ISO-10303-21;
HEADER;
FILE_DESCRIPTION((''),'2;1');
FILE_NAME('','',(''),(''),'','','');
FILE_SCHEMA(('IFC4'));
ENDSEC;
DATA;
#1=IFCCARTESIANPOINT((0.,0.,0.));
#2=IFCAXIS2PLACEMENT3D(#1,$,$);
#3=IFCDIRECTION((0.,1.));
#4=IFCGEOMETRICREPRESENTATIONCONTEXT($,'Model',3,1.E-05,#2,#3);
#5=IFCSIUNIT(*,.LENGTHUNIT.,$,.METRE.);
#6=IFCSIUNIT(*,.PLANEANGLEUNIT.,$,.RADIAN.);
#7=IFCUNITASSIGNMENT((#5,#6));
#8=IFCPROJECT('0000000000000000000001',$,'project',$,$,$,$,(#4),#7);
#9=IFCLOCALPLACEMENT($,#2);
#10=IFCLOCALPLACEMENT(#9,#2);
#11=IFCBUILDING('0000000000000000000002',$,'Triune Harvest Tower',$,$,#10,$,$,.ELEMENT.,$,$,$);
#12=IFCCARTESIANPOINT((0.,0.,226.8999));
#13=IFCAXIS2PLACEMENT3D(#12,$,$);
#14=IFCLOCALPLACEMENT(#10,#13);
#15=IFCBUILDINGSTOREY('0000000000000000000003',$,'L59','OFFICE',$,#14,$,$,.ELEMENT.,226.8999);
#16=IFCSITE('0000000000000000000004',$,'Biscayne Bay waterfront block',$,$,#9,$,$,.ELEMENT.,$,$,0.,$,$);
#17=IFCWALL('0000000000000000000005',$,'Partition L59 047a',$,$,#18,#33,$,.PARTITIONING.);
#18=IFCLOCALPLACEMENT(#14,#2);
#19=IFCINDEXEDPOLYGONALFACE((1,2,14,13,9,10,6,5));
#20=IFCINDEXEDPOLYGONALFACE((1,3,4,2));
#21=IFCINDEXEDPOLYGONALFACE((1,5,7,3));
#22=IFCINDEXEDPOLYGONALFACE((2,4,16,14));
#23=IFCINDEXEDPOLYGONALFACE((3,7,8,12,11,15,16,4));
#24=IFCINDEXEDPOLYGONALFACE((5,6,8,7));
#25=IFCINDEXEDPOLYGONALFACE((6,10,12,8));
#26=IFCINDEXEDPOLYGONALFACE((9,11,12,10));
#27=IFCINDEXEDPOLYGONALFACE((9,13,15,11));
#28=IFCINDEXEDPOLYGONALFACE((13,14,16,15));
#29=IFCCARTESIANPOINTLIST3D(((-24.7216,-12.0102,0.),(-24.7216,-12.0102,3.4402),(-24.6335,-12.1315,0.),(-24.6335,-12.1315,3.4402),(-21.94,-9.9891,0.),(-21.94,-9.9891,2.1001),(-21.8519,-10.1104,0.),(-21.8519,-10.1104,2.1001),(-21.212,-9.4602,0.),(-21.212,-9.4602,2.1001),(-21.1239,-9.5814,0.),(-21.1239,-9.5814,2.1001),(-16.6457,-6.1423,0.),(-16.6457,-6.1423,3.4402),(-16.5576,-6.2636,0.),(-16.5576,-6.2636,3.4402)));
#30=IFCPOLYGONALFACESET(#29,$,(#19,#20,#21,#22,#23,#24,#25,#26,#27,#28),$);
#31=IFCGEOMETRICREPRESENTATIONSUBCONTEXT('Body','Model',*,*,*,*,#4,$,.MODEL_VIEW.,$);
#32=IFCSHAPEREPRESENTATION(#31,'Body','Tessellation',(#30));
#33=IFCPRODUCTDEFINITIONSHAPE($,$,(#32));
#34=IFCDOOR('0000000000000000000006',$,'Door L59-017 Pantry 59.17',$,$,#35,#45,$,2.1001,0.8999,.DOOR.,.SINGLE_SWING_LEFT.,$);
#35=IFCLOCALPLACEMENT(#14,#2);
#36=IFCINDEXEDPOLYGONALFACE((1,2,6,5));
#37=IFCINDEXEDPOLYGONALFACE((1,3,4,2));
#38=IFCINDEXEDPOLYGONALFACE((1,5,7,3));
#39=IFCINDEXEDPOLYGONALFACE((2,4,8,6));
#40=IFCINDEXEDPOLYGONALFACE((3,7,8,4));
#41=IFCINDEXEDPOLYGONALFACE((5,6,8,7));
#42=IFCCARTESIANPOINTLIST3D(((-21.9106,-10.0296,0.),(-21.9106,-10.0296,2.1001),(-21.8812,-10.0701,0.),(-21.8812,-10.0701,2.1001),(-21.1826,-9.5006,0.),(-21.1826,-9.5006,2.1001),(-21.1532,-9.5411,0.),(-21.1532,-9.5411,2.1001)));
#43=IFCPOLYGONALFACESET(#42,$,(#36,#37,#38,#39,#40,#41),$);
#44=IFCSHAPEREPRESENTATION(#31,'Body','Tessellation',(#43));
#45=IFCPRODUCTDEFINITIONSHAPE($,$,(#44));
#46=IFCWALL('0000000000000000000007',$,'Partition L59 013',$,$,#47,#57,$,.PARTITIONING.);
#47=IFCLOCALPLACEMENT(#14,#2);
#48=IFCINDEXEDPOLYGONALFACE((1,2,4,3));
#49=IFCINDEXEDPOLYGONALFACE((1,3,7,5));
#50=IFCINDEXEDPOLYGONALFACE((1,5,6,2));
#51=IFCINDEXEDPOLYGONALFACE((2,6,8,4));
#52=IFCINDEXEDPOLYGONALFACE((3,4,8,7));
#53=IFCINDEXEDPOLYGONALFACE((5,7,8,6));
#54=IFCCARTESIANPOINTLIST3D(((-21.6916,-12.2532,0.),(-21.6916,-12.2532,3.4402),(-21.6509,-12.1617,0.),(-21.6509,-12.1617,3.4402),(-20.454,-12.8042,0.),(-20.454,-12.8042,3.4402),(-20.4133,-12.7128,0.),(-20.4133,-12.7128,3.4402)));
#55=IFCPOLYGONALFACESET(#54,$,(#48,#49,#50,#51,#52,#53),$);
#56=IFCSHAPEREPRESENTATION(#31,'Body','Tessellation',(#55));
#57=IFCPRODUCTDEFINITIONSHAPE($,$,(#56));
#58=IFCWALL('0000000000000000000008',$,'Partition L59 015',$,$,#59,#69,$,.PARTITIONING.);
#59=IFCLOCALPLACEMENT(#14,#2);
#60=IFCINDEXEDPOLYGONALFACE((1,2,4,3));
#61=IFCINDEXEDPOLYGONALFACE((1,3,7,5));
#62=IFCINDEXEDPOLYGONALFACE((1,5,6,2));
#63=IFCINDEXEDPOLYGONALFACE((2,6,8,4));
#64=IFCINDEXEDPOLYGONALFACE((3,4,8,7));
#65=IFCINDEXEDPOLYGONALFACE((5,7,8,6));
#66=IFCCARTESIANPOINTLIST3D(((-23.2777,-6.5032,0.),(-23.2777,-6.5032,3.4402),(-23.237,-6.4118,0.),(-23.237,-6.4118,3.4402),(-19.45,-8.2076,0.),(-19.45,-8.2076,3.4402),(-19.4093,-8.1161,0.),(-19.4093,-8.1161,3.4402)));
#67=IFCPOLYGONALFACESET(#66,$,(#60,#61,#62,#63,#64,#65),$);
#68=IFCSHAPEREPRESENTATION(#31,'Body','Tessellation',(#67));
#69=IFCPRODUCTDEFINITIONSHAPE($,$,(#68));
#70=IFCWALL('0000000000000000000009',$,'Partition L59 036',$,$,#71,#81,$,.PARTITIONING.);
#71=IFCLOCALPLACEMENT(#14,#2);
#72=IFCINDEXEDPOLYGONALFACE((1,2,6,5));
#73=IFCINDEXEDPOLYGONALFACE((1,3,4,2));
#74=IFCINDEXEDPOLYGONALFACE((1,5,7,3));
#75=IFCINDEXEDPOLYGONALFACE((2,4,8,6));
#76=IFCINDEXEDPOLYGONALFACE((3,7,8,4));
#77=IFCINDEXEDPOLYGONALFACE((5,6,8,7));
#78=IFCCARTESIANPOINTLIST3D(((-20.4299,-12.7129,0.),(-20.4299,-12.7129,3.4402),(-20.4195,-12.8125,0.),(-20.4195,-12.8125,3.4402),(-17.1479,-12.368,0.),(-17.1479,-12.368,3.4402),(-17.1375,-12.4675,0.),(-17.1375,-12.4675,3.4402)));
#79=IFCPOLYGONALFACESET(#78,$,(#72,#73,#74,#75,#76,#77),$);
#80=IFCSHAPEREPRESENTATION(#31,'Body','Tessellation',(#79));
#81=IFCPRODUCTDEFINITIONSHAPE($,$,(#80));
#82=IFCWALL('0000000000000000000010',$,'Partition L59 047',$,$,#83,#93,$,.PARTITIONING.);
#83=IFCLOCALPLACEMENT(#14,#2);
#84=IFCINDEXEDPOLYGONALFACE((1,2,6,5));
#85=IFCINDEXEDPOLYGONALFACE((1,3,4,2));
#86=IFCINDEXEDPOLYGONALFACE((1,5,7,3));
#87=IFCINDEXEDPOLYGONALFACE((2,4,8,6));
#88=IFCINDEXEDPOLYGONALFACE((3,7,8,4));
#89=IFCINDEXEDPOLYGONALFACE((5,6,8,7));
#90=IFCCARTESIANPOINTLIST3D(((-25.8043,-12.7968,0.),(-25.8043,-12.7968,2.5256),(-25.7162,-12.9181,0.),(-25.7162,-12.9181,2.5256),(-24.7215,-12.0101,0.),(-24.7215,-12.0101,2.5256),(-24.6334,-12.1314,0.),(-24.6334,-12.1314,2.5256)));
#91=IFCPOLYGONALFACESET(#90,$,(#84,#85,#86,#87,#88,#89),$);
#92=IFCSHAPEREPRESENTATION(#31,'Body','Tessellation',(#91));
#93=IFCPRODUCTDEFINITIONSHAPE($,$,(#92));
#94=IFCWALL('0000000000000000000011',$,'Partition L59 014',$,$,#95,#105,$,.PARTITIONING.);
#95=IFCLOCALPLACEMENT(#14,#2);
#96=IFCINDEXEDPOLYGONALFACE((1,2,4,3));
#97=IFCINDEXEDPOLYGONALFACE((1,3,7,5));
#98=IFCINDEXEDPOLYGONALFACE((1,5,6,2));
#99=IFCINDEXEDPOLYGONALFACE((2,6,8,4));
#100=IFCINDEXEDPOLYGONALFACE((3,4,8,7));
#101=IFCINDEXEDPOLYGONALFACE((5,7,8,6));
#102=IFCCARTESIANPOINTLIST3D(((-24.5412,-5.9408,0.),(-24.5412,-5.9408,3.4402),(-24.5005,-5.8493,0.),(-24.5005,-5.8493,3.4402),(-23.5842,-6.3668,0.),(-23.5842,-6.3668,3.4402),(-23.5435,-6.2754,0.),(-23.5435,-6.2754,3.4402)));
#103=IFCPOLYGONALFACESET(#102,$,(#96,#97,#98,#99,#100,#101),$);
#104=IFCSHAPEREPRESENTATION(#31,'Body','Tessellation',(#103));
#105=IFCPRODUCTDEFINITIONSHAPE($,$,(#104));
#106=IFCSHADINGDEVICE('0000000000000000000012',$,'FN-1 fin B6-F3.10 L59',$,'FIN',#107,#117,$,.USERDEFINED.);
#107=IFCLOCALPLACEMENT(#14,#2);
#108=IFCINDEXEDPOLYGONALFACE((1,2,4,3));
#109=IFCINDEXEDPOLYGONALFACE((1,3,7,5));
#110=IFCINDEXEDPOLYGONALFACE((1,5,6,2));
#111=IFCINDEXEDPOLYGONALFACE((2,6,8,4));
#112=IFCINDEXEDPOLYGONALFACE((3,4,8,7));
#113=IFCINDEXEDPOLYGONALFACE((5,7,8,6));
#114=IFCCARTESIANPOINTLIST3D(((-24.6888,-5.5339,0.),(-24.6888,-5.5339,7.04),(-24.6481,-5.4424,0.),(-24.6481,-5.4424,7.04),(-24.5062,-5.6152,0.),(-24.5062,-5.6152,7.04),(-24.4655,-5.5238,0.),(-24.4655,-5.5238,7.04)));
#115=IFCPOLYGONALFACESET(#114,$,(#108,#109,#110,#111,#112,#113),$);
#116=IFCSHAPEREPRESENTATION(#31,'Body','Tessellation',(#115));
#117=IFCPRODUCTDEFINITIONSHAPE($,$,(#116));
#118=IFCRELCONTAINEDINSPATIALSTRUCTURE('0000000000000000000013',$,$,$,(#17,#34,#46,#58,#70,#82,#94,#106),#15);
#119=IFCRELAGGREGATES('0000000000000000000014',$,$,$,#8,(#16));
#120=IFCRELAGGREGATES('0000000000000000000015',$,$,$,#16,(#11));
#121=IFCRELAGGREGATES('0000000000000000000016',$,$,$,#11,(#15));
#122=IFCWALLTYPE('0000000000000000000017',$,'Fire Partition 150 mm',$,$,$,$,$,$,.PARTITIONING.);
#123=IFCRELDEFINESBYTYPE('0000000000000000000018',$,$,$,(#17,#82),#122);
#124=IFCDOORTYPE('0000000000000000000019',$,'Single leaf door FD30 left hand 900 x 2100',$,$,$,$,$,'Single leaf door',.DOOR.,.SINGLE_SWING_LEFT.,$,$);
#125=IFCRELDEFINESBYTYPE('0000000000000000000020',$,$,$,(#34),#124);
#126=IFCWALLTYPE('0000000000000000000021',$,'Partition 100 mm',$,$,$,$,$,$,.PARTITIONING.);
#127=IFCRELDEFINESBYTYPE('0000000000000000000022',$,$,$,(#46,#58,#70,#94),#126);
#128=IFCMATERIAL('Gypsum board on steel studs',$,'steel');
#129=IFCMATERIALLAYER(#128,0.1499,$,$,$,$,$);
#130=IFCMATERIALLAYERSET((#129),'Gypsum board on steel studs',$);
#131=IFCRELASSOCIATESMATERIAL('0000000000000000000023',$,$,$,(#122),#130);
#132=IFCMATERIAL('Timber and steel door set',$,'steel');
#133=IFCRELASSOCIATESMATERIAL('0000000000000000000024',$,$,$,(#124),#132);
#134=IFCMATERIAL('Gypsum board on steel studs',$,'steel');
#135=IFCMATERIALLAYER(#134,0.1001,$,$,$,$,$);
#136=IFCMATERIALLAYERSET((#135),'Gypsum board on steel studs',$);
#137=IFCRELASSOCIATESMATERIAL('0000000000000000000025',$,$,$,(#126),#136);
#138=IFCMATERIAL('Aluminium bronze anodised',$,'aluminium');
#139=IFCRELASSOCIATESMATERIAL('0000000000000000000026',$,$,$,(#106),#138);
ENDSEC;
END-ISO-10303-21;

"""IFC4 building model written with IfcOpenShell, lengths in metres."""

from ifc_helpers import new_model, si_unit, direction, frame, frame_2d, origin, origin_2d, place, context, subcontext, project, spatial, rectangle, extrude, source, transform, mapped, material, layer, layer_set, type_object, element, fill, save


model = new_model("IFC4")

# Units and contexts
model_context = context("Model", 3, precision=1e-05, world=origin(), true_north=direction((0.0, 1.0)))
body_context = subcontext(model_context, "Body", "Model", "MODEL_VIEW")
ifc_project = project(units=[si_unit("LENGTHUNIT", "METRE"), si_unit("PLANEANGLEUNIT", "RADIAN")], contexts=[model_context])

# Site, building, storey
site_placement = place(None, origin())
site = spatial("IfcSite", under=ifc_project, at=site_placement, Name="Biscayne Bay waterfront block", CompositionType="ELEMENT", RefElevation=0.0)
building_placement = place(site_placement, origin())
building = spatial("IfcBuilding", under=site, at=building_placement, Name="Triune Harvest Tower", CompositionType="ELEMENT")
storey_placement = place(building_placement, frame((0.0, 0.0, 226.8999)))
storey = spatial("IfcBuildingStorey", under=building, at=storey_placement, Name="L59", Description="OFFICE", CompositionType="ELEMENT", Elevation=226.8999)

# Wall, opening, door
ifc_material_1 = material(Name="Gypsum board on steel studs", Category="steel")
ifc_layer_1 = layer(ifc_material_1, 0.1499)
ifc_layer_set_1 = layer_set([ifc_layer_1], Name="Gypsum board on steel studs")
wall_type_1 = type_object("IfcWallType", Name="Fire Partition 150 mm", PredefinedType="PARTITIONING", material=ifc_layer_set_1)
ifc_material_2 = material(Name="Timber and steel door set", Category="steel")
door_type = type_object("IfcDoorType", Name="Single leaf door FD30 left hand 900 x 2100", ElementType="Single leaf door", OperationType="SINGLE_SWING_LEFT", PredefinedType="DOOR", material=ifc_material_2)
wall_1_placement = place(storey_placement, frame((-24.6775, -12.0708, 0.0), z_axis=(0.0, 0.0, 1.0), x_axis=(0.808997, 0.587812, 0.0)))
wall_1 = element("IfcWall", 1, at=wall_1_placement, inside=storey, type_object=wall_type_1, Name="Partition L59 047a", PredefinedType="PARTITIONING", context=body_context, shape_type="SweptSolid", body=[
    extrude(rectangle(XDim=9.9827, YDim=0.1499, at=frame_2d((4.9912, 0.0))), origin(), (0.0, 0.0, 1.0), 3.4402),
])
opening_1_placement = place(wall_1_placement, frame((3.4382, 0.0, 0.0)))
opening_1 = element("IfcOpeningElement", 2, at=opening_1_placement, cuts=wall_1, PredefinedType="OPENING", context=body_context, shape_type="SweptSolid", body=[
    extrude(rectangle(XDim=0.8999, YDim=2.1001, at=frame_2d((0.45, 1.05))), frame((0.0, 0.085, 0.0), z_axis=(0.0, -1.0, 0.0), x_axis=(1.0, 0.0, 0.0)), (0.0, 0.0, 1.0), 0.1699),
])
door_1_placement = place(opening_1_placement, origin())
door_1 = element("IfcDoor", 3, at=door_1_placement, inside=storey, type_object=door_type, Name="Door L59-017 Pantry 59.17", OperationType="SINGLE_SWING_LEFT", OverallHeight=2.1001, OverallWidth=0.8999, PredefinedType="DOOR", context=body_context, shape_type="SweptSolid", body=[
    extrude(rectangle(XDim=0.8999, YDim=2.1001, at=frame_2d((0.45, 1.05))), frame((0.0, 0.0249, 0.0), z_axis=(0.0, -1.0, 0.0), x_axis=(1.0, 0.0, 0.0)), (0.0, 0.0, 1.0), 0.05),
])
fill(opening_1, door_1)

# Walls
ifc_material_3 = material(Name="Gypsum board on steel studs", Category="steel")
ifc_layer_2 = layer(ifc_material_3, 0.1001)
ifc_layer_set_2 = layer_set([ifc_layer_2], Name="Gypsum board on steel studs")
wall_type_2 = type_object("IfcWallType", Name="Partition 100 mm", PredefinedType="PARTITIONING", material=ifc_layer_set_2)
wall_2_placement = place(storey_placement, frame((-21.6711, -12.2075, 0.0), z_axis=(0.0, 0.0, 1.0), x_axis=(0.913536, -0.406757, 0.0)))
element("IfcWall", 4, at=wall_2_placement, inside=storey, type_object=wall_type_2, Name="Partition L59 013", PredefinedType="PARTITIONING", context=body_context, shape_type="SweptSolid", body=[
    extrude(rectangle(XDim=1.3547, YDim=0.1001, at=frame_2d((0.6772, 0.0))), origin(), (0.0, 0.0, 1.0), 3.4402),
])
wall_3_placement = place(storey_placement, frame((-23.2573, -6.4575, 0.0), z_axis=(0.0, 0.0, 1.0), x_axis=(0.91353, -0.406771, 0.0)))
element("IfcWall", 5, at=wall_3_placement, inside=storey, type_object=wall_type_2, Name="Partition L59 015", PredefinedType="PARTITIONING", context=body_context, shape_type="SweptSolid", body=[
    extrude(rectangle(XDim=4.1899, YDim=0.1001, at=frame_2d((2.095, 0.0))), origin(), (0.0, 0.0, 1.0), 3.4402),
])
wall_4_placement = place(storey_placement, frame((-20.4246, -12.7627, 0.0), z_axis=(0.0, 0.0, 1.0), x_axis=(0.994521, 0.104535, 0.0)))
element("IfcWall", 6, at=wall_4_placement, inside=storey, type_object=wall_type_2, Name="Partition L59 036", PredefinedType="PARTITIONING", context=body_context, shape_type="SweptSolid", body=[
    extrude(rectangle(XDim=3.3, YDim=0.1001, at=frame_2d((1.6499, 0.0))), origin(), (0.0, 0.0, 1.0), 3.4402),
])
shared_shape_1 = source(origin(), body_context, "Body", "SweptSolid", [
    extrude(rectangle(XDim=1.3384, YDim=0.1499, at=frame_2d((0.6692, 0.0))), origin(), (0.0, 0.0, 1.0), 2.5256),
])
wall_5_placement = place(storey_placement, frame((-25.7603, -12.8574, 0.0), z_axis=(0.0, 0.0, 1.0), x_axis=(0.809036, 0.587759, 0.0)))
element("IfcWall", 7, at=wall_5_placement, inside=storey, type_object=wall_type_1, Name="Partition L59 047", PredefinedType="PARTITIONING", context=body_context, shape_type="MappedRepresentation", body=[
    mapped(shared_shape_1, transform((0.0, 0.0, 0.0), scale=1.0)),
])
shared_shape_2 = source(origin(), body_context, "Body", "SweptSolid", [
    extrude(rectangle(XDim=1.0476, YDim=0.1001, at=frame_2d((0.5239, 0.0))), origin(), (0.0, 0.0, 1.0), 3.4402),
])
wall_6_placement = place(storey_placement, frame((-24.521, -5.895, 0.0), z_axis=(0.0, 0.0, 1.0), x_axis=(0.913571, -0.406679, 0.0)))
element("IfcWall", 8, at=wall_6_placement, inside=storey, type_object=wall_type_2, Name="Partition L59 014", PredefinedType="PARTITIONING", context=body_context, shape_type="MappedRepresentation", body=[
    mapped(shared_shape_2, transform((0.0, 0.0, 0.0), scale=1.0)),
])

# Shading device
ifc_material_4 = material(Name="Aluminium bronze anodised", Category="aluminium")
shared_shape_3 = source(origin(), body_context, "Body", "SweptSolid", [
    extrude(rectangle(XDim=0.1001, YDim=0.2, at=origin_2d()), origin(), (0.0, 0.0, 1.0), 7.04),
])
shading_device_placement = place(storey_placement, frame((-24.5771, -5.5288, 0.0), z_axis=(0.0, 0.0, 1.0), x_axis=(-0.406738, -0.913545, 0.0)))
element("IfcShadingDevice", 9, at=shading_device_placement, inside=storey, material=ifc_material_4, Name="FN-1 fin B6-F3.10 L59", ObjectType="FIN", PredefinedType="USERDEFINED", context=body_context, shape_type="MappedRepresentation", body=[
    mapped(shared_shape_3, transform((0.0, 0.0, 0.0), scale=1.0)),
])

save(model, "model.ifc")
